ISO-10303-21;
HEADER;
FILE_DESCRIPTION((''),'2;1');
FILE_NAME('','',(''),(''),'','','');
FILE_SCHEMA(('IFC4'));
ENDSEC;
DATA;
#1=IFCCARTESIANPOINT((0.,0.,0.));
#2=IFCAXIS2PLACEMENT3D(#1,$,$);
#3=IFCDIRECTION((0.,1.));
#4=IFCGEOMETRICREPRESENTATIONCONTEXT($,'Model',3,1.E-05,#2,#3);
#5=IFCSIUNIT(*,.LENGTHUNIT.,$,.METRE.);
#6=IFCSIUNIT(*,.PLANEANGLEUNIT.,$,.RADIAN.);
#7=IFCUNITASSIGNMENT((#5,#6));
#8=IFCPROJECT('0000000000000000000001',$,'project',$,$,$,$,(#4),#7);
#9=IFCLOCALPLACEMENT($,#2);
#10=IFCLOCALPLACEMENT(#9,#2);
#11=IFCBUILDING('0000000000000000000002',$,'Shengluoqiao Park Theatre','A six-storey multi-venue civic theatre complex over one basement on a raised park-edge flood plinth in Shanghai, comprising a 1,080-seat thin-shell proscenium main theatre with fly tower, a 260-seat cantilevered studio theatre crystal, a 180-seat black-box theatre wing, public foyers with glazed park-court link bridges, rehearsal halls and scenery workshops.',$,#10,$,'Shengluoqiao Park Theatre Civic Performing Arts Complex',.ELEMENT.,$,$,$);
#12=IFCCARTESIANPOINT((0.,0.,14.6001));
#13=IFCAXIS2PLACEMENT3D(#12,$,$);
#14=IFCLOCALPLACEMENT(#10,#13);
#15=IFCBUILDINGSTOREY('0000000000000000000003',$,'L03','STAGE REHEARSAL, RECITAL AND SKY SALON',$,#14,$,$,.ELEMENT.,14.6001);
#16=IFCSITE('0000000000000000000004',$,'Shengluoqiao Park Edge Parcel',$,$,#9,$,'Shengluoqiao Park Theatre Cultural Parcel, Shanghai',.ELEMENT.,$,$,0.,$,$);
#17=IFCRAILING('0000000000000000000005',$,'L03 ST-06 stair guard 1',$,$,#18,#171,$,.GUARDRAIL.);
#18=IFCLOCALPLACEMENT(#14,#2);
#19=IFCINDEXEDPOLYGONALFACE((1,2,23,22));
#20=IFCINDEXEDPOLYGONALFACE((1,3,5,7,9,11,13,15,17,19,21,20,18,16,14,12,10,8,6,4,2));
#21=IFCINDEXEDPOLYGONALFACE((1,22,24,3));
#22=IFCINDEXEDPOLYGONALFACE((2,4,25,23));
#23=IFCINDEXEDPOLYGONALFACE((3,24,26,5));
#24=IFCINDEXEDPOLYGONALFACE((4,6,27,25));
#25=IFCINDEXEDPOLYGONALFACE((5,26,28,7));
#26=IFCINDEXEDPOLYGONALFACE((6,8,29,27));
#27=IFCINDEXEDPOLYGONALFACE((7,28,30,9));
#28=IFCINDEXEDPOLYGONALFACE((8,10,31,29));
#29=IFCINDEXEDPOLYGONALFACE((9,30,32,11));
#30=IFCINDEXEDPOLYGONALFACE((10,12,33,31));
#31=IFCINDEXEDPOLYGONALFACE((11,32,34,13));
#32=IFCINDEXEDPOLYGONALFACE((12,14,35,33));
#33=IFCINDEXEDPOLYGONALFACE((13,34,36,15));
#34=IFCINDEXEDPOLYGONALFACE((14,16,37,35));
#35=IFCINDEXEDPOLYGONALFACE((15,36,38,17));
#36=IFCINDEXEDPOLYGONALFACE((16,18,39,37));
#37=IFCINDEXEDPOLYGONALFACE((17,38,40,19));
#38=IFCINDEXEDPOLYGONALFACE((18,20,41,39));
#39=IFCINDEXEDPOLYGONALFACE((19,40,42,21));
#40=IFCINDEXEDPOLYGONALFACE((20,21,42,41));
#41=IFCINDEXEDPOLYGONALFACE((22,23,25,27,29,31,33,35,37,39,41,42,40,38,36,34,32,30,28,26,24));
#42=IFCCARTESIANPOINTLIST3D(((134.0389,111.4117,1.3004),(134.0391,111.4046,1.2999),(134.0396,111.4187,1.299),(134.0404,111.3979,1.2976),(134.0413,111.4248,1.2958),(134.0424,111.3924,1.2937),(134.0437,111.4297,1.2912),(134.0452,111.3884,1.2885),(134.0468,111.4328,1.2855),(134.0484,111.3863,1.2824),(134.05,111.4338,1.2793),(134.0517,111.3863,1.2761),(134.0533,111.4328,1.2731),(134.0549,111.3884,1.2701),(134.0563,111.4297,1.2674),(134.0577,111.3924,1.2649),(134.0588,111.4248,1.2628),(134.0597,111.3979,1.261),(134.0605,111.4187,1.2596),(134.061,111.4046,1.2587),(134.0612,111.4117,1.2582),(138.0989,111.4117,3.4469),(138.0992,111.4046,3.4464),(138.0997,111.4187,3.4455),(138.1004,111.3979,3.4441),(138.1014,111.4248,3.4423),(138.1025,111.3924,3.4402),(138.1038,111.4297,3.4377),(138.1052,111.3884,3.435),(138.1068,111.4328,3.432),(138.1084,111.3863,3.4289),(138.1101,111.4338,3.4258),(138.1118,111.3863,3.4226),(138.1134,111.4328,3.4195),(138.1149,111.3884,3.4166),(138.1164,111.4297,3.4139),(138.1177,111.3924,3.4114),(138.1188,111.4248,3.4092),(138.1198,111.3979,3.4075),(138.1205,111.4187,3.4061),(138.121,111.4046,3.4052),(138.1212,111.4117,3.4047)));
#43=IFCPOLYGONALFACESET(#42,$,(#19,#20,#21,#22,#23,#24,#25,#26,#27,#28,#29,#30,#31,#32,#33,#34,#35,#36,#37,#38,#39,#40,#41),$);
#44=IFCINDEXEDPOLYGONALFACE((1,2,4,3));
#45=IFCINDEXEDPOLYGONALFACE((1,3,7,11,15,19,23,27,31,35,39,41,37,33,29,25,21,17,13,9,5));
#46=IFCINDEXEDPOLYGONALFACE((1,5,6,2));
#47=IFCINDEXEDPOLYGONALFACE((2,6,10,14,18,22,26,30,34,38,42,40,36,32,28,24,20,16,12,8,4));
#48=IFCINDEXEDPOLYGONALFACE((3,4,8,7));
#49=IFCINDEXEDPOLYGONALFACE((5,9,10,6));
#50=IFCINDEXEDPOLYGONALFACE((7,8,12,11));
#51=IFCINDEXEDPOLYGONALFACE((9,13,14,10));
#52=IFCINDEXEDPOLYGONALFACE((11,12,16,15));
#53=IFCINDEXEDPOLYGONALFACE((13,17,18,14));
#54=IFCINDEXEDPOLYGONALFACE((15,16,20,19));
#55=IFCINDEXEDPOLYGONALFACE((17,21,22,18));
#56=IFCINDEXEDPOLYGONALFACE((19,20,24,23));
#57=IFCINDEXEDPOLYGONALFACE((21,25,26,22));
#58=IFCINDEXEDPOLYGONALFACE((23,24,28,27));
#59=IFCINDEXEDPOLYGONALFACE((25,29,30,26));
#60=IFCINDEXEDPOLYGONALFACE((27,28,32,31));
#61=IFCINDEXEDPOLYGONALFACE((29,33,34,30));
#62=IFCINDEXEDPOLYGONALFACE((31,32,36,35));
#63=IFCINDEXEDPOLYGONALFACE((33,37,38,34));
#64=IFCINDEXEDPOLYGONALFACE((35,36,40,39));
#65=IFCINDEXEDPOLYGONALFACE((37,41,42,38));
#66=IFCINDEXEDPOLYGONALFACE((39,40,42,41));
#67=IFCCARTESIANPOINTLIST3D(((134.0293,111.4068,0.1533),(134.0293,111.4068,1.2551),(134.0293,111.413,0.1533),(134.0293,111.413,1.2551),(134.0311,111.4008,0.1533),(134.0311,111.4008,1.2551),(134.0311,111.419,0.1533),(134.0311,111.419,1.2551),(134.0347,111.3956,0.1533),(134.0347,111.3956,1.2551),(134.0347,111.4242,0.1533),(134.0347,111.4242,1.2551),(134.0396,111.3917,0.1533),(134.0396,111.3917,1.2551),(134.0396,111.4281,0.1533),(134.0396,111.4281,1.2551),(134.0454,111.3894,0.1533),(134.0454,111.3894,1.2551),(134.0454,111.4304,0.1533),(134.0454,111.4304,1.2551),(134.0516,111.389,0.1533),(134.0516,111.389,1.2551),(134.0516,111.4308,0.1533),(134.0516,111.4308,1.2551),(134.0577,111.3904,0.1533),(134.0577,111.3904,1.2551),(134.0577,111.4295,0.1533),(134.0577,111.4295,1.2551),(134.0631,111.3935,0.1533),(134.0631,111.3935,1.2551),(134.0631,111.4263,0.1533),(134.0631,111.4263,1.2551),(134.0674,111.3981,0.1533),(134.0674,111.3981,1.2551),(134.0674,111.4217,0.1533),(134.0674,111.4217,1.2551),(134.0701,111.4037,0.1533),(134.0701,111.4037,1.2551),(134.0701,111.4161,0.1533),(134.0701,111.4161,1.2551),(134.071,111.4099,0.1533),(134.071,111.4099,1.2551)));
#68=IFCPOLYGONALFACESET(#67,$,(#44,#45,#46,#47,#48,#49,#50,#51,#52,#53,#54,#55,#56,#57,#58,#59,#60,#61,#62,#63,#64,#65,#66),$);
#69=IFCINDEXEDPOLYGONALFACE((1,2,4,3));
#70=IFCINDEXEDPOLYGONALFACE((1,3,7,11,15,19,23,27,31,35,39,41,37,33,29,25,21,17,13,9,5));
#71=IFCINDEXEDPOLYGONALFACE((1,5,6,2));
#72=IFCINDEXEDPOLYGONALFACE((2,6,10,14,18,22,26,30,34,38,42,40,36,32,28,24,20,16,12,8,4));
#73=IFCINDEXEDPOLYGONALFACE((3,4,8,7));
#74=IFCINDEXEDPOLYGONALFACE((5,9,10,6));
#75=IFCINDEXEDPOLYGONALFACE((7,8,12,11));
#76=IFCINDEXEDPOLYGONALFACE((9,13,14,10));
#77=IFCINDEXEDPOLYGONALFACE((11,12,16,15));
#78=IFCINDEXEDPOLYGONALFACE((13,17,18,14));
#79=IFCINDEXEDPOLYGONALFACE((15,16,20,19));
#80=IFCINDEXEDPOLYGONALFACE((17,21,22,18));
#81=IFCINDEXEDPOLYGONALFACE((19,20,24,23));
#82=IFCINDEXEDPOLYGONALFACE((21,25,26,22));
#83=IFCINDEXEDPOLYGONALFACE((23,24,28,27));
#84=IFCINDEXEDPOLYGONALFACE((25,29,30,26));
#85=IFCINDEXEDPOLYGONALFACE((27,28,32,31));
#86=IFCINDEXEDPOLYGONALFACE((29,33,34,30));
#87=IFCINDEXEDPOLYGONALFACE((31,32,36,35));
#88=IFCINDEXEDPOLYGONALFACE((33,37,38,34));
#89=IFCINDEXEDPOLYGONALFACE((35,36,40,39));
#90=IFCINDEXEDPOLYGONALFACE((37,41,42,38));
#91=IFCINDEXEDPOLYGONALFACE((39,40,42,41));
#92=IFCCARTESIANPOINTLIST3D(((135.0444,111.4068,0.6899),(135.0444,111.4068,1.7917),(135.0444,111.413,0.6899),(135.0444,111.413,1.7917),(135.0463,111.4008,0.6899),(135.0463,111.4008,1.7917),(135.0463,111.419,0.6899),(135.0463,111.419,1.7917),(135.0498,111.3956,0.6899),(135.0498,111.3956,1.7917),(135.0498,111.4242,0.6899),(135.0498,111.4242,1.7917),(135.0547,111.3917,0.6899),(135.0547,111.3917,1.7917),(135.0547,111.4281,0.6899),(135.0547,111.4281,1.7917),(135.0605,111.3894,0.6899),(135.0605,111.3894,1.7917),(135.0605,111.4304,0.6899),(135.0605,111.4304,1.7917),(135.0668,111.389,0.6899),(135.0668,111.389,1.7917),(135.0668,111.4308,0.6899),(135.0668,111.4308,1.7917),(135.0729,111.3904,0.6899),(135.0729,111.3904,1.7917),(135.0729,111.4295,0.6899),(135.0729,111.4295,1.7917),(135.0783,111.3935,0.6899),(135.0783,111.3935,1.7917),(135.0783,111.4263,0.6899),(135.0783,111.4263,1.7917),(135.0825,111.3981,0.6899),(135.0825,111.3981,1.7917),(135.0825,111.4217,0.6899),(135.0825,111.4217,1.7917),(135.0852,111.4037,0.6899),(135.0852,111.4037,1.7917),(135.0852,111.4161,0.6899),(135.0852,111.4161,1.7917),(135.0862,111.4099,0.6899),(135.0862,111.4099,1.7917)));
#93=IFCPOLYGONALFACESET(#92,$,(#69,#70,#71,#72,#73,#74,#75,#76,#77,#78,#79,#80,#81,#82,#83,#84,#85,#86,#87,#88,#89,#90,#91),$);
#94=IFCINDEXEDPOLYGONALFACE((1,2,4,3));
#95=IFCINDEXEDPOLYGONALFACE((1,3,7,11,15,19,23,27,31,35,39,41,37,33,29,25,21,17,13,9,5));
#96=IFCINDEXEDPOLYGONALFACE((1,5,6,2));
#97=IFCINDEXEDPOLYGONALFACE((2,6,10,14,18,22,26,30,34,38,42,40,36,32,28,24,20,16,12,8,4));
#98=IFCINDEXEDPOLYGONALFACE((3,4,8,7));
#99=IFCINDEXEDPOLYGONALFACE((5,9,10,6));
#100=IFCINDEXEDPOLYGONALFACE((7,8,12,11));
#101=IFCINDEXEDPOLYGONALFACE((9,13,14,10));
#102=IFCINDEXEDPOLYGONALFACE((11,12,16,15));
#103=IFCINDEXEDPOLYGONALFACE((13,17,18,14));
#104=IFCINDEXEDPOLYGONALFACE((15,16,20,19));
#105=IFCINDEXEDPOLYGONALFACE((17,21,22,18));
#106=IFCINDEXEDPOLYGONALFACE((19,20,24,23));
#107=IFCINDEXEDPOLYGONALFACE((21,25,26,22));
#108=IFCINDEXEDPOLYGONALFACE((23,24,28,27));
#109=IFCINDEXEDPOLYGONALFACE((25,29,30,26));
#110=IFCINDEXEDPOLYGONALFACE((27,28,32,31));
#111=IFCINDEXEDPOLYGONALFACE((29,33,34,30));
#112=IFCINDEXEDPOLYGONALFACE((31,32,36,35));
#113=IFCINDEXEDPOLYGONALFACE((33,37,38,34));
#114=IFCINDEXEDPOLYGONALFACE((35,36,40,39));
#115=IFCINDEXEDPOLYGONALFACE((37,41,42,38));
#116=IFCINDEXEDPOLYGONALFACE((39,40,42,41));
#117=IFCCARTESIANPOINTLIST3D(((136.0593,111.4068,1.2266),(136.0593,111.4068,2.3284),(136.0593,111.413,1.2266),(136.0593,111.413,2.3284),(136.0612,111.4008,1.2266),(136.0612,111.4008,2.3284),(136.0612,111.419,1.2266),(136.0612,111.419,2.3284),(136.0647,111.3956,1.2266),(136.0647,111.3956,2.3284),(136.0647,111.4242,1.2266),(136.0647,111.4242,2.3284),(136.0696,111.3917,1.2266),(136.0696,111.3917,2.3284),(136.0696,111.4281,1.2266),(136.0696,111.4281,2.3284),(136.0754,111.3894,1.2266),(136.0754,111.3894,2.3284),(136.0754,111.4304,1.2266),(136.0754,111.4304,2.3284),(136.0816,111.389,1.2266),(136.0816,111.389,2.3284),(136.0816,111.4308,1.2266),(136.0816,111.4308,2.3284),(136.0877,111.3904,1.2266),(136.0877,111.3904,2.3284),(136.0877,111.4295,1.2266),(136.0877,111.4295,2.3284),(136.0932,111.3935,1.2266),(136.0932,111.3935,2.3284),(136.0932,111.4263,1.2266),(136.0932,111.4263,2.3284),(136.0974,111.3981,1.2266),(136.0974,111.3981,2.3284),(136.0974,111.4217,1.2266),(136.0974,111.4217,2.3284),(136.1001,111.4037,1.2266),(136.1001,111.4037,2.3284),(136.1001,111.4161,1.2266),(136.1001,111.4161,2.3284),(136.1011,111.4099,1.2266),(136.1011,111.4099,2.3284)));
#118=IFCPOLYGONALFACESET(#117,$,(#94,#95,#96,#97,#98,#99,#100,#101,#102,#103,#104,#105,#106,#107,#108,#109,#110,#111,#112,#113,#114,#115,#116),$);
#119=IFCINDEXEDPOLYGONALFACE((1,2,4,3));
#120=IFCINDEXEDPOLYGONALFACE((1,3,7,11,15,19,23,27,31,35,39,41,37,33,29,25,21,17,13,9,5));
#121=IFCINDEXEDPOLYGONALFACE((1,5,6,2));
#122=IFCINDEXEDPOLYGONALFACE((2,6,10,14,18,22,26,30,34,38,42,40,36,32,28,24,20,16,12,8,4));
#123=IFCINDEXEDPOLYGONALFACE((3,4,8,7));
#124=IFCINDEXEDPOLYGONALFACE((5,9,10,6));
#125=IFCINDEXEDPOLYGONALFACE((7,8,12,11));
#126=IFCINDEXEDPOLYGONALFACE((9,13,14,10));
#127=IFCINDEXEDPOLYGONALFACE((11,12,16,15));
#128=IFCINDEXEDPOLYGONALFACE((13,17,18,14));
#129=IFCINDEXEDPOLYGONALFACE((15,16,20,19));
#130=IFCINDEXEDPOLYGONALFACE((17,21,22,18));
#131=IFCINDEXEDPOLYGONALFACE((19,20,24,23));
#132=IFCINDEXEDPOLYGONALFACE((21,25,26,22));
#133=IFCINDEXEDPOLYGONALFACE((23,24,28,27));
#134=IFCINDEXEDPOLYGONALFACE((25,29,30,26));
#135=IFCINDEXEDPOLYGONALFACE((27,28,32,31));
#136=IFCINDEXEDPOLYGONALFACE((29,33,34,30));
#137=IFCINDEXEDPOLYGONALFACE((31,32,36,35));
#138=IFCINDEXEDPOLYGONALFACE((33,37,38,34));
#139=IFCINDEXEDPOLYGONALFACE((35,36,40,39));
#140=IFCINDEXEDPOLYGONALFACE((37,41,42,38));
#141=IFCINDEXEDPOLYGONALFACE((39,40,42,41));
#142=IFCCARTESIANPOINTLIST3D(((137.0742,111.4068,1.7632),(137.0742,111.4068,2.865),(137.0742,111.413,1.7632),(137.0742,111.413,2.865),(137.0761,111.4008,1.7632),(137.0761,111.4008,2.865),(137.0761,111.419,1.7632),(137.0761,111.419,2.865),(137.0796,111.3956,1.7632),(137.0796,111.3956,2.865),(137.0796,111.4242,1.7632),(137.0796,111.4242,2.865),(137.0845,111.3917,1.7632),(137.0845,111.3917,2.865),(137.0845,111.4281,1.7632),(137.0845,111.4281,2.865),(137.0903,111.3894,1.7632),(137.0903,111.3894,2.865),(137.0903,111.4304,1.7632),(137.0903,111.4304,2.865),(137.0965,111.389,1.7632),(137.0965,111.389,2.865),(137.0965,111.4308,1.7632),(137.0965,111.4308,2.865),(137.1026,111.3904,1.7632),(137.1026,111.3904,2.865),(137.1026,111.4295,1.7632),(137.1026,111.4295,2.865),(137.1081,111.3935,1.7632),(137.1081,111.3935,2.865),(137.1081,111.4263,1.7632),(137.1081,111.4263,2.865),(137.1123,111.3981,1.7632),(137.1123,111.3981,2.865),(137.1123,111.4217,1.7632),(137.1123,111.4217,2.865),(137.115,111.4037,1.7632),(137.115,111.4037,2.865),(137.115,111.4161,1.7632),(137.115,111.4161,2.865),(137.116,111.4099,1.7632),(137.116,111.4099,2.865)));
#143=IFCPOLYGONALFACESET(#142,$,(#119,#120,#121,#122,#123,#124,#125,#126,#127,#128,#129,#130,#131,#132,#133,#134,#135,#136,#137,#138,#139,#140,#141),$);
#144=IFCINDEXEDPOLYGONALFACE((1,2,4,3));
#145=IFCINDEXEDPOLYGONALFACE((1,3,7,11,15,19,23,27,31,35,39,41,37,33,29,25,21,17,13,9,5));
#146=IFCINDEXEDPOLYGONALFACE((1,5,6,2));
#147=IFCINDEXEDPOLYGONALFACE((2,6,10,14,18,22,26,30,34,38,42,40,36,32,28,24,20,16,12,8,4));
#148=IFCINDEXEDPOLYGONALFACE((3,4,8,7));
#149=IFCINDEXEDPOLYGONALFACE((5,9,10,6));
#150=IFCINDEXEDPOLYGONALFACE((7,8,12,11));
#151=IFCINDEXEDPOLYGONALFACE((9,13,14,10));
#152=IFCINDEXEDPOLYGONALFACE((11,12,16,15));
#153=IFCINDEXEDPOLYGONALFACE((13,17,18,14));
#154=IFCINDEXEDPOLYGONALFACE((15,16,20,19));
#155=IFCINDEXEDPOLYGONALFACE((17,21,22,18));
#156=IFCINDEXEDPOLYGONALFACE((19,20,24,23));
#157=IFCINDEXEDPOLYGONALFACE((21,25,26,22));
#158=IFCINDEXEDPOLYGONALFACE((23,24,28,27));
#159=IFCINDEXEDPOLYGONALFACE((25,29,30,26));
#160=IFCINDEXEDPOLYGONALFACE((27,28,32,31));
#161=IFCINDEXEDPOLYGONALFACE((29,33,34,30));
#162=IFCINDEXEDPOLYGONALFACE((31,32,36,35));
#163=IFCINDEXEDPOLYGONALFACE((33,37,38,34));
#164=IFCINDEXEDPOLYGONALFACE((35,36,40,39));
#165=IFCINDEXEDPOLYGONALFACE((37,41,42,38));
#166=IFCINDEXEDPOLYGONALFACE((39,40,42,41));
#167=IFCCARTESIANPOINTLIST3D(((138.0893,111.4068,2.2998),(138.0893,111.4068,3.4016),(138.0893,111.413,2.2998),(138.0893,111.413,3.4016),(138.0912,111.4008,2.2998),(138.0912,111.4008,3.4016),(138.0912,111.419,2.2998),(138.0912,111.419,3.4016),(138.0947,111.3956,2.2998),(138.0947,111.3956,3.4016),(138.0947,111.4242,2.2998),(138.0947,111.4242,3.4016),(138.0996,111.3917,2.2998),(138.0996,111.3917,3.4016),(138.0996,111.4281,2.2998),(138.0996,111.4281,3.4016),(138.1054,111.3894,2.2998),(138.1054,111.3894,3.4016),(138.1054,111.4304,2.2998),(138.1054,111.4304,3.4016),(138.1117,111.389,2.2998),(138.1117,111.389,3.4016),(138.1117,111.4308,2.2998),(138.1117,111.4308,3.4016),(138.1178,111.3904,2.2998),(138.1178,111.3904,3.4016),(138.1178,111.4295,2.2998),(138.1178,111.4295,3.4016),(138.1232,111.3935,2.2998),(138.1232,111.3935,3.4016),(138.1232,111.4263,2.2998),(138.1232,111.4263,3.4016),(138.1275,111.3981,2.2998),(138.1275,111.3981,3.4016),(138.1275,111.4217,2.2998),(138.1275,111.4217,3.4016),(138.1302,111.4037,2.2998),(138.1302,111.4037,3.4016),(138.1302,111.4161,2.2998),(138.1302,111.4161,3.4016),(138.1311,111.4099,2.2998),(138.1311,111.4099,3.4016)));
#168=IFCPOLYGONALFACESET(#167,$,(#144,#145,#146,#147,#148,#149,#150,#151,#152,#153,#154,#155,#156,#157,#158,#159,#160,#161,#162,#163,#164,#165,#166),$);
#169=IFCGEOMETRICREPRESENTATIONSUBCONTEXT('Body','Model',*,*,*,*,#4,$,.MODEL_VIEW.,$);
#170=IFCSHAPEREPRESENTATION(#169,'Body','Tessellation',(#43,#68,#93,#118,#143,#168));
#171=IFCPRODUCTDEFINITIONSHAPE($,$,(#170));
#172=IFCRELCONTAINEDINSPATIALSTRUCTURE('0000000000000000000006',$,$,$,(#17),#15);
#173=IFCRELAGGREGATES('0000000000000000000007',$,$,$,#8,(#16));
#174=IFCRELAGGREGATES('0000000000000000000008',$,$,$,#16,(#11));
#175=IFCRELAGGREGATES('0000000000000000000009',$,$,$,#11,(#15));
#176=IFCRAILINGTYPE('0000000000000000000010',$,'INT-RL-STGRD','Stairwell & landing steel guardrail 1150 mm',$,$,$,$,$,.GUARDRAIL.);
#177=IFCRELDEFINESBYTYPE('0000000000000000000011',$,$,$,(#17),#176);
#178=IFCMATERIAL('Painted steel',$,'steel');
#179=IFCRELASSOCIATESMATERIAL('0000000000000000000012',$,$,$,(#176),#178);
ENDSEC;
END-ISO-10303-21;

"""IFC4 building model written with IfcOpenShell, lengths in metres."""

from ifc_helpers import new_model, si_unit, direction, frame, origin, origin_2d, place, context, subcontext, project, spatial, circle, extrude, material, type_object, element, save


model = new_model("IFC4")

# Units and contexts
model_context = context("Model", 3, precision=1e-05, world=origin(), true_north=direction((0.0, 1.0)))
body_context = subcontext(model_context, "Body", "Model", "MODEL_VIEW")
ifc_project = project(units=[si_unit("LENGTHUNIT", "METRE"), si_unit("PLANEANGLEUNIT", "RADIAN")], contexts=[model_context])

# Site, building, storey
site_placement = place(None, origin())
site = spatial("IfcSite", under=ifc_project, at=site_placement, Name="Shengluoqiao Park Edge Parcel", LongName="Shengluoqiao Park Theatre Cultural Parcel, Shanghai", CompositionType="ELEMENT", RefElevation=0.0)
building_placement = place(site_placement, origin())
building = spatial("IfcBuilding", under=site, at=building_placement, Name="Shengluoqiao Park Theatre", Description="A six-storey multi-venue civic theatre complex over one basement on a raised park-edge flood plinth in Shanghai, comprising a 1,080-seat thin-shell proscenium main theatre with fly tower, a 260-seat cantilevered studio theatre crystal, a 180-seat black-box theatre wing, public foyers with glazed park-court link bridges, rehearsal halls and scenery workshops.", LongName="Shengluoqiao Park Theatre Civic Performing Arts Complex", CompositionType="ELEMENT")
storey_placement = place(building_placement, frame((0.0, 0.0, 14.6001)))
storey = spatial("IfcBuildingStorey", under=building, at=storey_placement, Name="L03", Description="STAGE REHEARSAL, RECITAL AND SKY SALON", CompositionType="ELEMENT", Elevation=14.6001)

# Railing
ifc_material_1 = material(Name="Painted steel", Category="steel")
railing_type_1 = type_object("IfcRailingType", Name="INT-RL-STGRD", Description="Stairwell & landing steel guardrail 1150 mm", PredefinedType="GUARDRAIL", material=ifc_material_1)
railing_1_placement = place(storey_placement, frame((134.05, 111.4099, 0.1533)))
element("IfcRailing", 1, at=railing_1_placement, inside=storey, type_object=railing_type_1, Name="L03 ST-06 stair guard 1", PredefinedType="GUARDRAIL", context=body_context, shape_type="SweptSolid", body=[
    extrude(circle(Radius=0.0239, at=origin_2d()), frame((0.0, 0.0, 1.126), z_axis=(0.884054, 0.0, 0.467384), x_axis=(0.0, 1.0, 0.0)), (0.0, 0.0, 1.0), 4.5925),
    extrude(circle(Radius=0.021, at=origin_2d()), origin(), (0.0, 0.0, 1.0), 1.1018),
    extrude(circle(Radius=0.021, at=origin_2d()), frame((1.0151, 0.0, 0.5366)), (0.0, 0.0, 1.0), 1.1018),
    extrude(circle(Radius=0.021, at=origin_2d()), frame((2.03, 0.0, 1.0732)), (0.0, 0.0, 1.0), 1.1018),
    extrude(circle(Radius=0.021, at=origin_2d()), frame((3.0449, 0.0, 1.6099)), (0.0, 0.0, 1.0), 1.1018),
    extrude(circle(Radius=0.021, at=origin_2d()), frame((4.0601, 0.0, 2.1465)), (0.0, 0.0, 1.0), 1.1018),
])

save(model, "model.ifc")
